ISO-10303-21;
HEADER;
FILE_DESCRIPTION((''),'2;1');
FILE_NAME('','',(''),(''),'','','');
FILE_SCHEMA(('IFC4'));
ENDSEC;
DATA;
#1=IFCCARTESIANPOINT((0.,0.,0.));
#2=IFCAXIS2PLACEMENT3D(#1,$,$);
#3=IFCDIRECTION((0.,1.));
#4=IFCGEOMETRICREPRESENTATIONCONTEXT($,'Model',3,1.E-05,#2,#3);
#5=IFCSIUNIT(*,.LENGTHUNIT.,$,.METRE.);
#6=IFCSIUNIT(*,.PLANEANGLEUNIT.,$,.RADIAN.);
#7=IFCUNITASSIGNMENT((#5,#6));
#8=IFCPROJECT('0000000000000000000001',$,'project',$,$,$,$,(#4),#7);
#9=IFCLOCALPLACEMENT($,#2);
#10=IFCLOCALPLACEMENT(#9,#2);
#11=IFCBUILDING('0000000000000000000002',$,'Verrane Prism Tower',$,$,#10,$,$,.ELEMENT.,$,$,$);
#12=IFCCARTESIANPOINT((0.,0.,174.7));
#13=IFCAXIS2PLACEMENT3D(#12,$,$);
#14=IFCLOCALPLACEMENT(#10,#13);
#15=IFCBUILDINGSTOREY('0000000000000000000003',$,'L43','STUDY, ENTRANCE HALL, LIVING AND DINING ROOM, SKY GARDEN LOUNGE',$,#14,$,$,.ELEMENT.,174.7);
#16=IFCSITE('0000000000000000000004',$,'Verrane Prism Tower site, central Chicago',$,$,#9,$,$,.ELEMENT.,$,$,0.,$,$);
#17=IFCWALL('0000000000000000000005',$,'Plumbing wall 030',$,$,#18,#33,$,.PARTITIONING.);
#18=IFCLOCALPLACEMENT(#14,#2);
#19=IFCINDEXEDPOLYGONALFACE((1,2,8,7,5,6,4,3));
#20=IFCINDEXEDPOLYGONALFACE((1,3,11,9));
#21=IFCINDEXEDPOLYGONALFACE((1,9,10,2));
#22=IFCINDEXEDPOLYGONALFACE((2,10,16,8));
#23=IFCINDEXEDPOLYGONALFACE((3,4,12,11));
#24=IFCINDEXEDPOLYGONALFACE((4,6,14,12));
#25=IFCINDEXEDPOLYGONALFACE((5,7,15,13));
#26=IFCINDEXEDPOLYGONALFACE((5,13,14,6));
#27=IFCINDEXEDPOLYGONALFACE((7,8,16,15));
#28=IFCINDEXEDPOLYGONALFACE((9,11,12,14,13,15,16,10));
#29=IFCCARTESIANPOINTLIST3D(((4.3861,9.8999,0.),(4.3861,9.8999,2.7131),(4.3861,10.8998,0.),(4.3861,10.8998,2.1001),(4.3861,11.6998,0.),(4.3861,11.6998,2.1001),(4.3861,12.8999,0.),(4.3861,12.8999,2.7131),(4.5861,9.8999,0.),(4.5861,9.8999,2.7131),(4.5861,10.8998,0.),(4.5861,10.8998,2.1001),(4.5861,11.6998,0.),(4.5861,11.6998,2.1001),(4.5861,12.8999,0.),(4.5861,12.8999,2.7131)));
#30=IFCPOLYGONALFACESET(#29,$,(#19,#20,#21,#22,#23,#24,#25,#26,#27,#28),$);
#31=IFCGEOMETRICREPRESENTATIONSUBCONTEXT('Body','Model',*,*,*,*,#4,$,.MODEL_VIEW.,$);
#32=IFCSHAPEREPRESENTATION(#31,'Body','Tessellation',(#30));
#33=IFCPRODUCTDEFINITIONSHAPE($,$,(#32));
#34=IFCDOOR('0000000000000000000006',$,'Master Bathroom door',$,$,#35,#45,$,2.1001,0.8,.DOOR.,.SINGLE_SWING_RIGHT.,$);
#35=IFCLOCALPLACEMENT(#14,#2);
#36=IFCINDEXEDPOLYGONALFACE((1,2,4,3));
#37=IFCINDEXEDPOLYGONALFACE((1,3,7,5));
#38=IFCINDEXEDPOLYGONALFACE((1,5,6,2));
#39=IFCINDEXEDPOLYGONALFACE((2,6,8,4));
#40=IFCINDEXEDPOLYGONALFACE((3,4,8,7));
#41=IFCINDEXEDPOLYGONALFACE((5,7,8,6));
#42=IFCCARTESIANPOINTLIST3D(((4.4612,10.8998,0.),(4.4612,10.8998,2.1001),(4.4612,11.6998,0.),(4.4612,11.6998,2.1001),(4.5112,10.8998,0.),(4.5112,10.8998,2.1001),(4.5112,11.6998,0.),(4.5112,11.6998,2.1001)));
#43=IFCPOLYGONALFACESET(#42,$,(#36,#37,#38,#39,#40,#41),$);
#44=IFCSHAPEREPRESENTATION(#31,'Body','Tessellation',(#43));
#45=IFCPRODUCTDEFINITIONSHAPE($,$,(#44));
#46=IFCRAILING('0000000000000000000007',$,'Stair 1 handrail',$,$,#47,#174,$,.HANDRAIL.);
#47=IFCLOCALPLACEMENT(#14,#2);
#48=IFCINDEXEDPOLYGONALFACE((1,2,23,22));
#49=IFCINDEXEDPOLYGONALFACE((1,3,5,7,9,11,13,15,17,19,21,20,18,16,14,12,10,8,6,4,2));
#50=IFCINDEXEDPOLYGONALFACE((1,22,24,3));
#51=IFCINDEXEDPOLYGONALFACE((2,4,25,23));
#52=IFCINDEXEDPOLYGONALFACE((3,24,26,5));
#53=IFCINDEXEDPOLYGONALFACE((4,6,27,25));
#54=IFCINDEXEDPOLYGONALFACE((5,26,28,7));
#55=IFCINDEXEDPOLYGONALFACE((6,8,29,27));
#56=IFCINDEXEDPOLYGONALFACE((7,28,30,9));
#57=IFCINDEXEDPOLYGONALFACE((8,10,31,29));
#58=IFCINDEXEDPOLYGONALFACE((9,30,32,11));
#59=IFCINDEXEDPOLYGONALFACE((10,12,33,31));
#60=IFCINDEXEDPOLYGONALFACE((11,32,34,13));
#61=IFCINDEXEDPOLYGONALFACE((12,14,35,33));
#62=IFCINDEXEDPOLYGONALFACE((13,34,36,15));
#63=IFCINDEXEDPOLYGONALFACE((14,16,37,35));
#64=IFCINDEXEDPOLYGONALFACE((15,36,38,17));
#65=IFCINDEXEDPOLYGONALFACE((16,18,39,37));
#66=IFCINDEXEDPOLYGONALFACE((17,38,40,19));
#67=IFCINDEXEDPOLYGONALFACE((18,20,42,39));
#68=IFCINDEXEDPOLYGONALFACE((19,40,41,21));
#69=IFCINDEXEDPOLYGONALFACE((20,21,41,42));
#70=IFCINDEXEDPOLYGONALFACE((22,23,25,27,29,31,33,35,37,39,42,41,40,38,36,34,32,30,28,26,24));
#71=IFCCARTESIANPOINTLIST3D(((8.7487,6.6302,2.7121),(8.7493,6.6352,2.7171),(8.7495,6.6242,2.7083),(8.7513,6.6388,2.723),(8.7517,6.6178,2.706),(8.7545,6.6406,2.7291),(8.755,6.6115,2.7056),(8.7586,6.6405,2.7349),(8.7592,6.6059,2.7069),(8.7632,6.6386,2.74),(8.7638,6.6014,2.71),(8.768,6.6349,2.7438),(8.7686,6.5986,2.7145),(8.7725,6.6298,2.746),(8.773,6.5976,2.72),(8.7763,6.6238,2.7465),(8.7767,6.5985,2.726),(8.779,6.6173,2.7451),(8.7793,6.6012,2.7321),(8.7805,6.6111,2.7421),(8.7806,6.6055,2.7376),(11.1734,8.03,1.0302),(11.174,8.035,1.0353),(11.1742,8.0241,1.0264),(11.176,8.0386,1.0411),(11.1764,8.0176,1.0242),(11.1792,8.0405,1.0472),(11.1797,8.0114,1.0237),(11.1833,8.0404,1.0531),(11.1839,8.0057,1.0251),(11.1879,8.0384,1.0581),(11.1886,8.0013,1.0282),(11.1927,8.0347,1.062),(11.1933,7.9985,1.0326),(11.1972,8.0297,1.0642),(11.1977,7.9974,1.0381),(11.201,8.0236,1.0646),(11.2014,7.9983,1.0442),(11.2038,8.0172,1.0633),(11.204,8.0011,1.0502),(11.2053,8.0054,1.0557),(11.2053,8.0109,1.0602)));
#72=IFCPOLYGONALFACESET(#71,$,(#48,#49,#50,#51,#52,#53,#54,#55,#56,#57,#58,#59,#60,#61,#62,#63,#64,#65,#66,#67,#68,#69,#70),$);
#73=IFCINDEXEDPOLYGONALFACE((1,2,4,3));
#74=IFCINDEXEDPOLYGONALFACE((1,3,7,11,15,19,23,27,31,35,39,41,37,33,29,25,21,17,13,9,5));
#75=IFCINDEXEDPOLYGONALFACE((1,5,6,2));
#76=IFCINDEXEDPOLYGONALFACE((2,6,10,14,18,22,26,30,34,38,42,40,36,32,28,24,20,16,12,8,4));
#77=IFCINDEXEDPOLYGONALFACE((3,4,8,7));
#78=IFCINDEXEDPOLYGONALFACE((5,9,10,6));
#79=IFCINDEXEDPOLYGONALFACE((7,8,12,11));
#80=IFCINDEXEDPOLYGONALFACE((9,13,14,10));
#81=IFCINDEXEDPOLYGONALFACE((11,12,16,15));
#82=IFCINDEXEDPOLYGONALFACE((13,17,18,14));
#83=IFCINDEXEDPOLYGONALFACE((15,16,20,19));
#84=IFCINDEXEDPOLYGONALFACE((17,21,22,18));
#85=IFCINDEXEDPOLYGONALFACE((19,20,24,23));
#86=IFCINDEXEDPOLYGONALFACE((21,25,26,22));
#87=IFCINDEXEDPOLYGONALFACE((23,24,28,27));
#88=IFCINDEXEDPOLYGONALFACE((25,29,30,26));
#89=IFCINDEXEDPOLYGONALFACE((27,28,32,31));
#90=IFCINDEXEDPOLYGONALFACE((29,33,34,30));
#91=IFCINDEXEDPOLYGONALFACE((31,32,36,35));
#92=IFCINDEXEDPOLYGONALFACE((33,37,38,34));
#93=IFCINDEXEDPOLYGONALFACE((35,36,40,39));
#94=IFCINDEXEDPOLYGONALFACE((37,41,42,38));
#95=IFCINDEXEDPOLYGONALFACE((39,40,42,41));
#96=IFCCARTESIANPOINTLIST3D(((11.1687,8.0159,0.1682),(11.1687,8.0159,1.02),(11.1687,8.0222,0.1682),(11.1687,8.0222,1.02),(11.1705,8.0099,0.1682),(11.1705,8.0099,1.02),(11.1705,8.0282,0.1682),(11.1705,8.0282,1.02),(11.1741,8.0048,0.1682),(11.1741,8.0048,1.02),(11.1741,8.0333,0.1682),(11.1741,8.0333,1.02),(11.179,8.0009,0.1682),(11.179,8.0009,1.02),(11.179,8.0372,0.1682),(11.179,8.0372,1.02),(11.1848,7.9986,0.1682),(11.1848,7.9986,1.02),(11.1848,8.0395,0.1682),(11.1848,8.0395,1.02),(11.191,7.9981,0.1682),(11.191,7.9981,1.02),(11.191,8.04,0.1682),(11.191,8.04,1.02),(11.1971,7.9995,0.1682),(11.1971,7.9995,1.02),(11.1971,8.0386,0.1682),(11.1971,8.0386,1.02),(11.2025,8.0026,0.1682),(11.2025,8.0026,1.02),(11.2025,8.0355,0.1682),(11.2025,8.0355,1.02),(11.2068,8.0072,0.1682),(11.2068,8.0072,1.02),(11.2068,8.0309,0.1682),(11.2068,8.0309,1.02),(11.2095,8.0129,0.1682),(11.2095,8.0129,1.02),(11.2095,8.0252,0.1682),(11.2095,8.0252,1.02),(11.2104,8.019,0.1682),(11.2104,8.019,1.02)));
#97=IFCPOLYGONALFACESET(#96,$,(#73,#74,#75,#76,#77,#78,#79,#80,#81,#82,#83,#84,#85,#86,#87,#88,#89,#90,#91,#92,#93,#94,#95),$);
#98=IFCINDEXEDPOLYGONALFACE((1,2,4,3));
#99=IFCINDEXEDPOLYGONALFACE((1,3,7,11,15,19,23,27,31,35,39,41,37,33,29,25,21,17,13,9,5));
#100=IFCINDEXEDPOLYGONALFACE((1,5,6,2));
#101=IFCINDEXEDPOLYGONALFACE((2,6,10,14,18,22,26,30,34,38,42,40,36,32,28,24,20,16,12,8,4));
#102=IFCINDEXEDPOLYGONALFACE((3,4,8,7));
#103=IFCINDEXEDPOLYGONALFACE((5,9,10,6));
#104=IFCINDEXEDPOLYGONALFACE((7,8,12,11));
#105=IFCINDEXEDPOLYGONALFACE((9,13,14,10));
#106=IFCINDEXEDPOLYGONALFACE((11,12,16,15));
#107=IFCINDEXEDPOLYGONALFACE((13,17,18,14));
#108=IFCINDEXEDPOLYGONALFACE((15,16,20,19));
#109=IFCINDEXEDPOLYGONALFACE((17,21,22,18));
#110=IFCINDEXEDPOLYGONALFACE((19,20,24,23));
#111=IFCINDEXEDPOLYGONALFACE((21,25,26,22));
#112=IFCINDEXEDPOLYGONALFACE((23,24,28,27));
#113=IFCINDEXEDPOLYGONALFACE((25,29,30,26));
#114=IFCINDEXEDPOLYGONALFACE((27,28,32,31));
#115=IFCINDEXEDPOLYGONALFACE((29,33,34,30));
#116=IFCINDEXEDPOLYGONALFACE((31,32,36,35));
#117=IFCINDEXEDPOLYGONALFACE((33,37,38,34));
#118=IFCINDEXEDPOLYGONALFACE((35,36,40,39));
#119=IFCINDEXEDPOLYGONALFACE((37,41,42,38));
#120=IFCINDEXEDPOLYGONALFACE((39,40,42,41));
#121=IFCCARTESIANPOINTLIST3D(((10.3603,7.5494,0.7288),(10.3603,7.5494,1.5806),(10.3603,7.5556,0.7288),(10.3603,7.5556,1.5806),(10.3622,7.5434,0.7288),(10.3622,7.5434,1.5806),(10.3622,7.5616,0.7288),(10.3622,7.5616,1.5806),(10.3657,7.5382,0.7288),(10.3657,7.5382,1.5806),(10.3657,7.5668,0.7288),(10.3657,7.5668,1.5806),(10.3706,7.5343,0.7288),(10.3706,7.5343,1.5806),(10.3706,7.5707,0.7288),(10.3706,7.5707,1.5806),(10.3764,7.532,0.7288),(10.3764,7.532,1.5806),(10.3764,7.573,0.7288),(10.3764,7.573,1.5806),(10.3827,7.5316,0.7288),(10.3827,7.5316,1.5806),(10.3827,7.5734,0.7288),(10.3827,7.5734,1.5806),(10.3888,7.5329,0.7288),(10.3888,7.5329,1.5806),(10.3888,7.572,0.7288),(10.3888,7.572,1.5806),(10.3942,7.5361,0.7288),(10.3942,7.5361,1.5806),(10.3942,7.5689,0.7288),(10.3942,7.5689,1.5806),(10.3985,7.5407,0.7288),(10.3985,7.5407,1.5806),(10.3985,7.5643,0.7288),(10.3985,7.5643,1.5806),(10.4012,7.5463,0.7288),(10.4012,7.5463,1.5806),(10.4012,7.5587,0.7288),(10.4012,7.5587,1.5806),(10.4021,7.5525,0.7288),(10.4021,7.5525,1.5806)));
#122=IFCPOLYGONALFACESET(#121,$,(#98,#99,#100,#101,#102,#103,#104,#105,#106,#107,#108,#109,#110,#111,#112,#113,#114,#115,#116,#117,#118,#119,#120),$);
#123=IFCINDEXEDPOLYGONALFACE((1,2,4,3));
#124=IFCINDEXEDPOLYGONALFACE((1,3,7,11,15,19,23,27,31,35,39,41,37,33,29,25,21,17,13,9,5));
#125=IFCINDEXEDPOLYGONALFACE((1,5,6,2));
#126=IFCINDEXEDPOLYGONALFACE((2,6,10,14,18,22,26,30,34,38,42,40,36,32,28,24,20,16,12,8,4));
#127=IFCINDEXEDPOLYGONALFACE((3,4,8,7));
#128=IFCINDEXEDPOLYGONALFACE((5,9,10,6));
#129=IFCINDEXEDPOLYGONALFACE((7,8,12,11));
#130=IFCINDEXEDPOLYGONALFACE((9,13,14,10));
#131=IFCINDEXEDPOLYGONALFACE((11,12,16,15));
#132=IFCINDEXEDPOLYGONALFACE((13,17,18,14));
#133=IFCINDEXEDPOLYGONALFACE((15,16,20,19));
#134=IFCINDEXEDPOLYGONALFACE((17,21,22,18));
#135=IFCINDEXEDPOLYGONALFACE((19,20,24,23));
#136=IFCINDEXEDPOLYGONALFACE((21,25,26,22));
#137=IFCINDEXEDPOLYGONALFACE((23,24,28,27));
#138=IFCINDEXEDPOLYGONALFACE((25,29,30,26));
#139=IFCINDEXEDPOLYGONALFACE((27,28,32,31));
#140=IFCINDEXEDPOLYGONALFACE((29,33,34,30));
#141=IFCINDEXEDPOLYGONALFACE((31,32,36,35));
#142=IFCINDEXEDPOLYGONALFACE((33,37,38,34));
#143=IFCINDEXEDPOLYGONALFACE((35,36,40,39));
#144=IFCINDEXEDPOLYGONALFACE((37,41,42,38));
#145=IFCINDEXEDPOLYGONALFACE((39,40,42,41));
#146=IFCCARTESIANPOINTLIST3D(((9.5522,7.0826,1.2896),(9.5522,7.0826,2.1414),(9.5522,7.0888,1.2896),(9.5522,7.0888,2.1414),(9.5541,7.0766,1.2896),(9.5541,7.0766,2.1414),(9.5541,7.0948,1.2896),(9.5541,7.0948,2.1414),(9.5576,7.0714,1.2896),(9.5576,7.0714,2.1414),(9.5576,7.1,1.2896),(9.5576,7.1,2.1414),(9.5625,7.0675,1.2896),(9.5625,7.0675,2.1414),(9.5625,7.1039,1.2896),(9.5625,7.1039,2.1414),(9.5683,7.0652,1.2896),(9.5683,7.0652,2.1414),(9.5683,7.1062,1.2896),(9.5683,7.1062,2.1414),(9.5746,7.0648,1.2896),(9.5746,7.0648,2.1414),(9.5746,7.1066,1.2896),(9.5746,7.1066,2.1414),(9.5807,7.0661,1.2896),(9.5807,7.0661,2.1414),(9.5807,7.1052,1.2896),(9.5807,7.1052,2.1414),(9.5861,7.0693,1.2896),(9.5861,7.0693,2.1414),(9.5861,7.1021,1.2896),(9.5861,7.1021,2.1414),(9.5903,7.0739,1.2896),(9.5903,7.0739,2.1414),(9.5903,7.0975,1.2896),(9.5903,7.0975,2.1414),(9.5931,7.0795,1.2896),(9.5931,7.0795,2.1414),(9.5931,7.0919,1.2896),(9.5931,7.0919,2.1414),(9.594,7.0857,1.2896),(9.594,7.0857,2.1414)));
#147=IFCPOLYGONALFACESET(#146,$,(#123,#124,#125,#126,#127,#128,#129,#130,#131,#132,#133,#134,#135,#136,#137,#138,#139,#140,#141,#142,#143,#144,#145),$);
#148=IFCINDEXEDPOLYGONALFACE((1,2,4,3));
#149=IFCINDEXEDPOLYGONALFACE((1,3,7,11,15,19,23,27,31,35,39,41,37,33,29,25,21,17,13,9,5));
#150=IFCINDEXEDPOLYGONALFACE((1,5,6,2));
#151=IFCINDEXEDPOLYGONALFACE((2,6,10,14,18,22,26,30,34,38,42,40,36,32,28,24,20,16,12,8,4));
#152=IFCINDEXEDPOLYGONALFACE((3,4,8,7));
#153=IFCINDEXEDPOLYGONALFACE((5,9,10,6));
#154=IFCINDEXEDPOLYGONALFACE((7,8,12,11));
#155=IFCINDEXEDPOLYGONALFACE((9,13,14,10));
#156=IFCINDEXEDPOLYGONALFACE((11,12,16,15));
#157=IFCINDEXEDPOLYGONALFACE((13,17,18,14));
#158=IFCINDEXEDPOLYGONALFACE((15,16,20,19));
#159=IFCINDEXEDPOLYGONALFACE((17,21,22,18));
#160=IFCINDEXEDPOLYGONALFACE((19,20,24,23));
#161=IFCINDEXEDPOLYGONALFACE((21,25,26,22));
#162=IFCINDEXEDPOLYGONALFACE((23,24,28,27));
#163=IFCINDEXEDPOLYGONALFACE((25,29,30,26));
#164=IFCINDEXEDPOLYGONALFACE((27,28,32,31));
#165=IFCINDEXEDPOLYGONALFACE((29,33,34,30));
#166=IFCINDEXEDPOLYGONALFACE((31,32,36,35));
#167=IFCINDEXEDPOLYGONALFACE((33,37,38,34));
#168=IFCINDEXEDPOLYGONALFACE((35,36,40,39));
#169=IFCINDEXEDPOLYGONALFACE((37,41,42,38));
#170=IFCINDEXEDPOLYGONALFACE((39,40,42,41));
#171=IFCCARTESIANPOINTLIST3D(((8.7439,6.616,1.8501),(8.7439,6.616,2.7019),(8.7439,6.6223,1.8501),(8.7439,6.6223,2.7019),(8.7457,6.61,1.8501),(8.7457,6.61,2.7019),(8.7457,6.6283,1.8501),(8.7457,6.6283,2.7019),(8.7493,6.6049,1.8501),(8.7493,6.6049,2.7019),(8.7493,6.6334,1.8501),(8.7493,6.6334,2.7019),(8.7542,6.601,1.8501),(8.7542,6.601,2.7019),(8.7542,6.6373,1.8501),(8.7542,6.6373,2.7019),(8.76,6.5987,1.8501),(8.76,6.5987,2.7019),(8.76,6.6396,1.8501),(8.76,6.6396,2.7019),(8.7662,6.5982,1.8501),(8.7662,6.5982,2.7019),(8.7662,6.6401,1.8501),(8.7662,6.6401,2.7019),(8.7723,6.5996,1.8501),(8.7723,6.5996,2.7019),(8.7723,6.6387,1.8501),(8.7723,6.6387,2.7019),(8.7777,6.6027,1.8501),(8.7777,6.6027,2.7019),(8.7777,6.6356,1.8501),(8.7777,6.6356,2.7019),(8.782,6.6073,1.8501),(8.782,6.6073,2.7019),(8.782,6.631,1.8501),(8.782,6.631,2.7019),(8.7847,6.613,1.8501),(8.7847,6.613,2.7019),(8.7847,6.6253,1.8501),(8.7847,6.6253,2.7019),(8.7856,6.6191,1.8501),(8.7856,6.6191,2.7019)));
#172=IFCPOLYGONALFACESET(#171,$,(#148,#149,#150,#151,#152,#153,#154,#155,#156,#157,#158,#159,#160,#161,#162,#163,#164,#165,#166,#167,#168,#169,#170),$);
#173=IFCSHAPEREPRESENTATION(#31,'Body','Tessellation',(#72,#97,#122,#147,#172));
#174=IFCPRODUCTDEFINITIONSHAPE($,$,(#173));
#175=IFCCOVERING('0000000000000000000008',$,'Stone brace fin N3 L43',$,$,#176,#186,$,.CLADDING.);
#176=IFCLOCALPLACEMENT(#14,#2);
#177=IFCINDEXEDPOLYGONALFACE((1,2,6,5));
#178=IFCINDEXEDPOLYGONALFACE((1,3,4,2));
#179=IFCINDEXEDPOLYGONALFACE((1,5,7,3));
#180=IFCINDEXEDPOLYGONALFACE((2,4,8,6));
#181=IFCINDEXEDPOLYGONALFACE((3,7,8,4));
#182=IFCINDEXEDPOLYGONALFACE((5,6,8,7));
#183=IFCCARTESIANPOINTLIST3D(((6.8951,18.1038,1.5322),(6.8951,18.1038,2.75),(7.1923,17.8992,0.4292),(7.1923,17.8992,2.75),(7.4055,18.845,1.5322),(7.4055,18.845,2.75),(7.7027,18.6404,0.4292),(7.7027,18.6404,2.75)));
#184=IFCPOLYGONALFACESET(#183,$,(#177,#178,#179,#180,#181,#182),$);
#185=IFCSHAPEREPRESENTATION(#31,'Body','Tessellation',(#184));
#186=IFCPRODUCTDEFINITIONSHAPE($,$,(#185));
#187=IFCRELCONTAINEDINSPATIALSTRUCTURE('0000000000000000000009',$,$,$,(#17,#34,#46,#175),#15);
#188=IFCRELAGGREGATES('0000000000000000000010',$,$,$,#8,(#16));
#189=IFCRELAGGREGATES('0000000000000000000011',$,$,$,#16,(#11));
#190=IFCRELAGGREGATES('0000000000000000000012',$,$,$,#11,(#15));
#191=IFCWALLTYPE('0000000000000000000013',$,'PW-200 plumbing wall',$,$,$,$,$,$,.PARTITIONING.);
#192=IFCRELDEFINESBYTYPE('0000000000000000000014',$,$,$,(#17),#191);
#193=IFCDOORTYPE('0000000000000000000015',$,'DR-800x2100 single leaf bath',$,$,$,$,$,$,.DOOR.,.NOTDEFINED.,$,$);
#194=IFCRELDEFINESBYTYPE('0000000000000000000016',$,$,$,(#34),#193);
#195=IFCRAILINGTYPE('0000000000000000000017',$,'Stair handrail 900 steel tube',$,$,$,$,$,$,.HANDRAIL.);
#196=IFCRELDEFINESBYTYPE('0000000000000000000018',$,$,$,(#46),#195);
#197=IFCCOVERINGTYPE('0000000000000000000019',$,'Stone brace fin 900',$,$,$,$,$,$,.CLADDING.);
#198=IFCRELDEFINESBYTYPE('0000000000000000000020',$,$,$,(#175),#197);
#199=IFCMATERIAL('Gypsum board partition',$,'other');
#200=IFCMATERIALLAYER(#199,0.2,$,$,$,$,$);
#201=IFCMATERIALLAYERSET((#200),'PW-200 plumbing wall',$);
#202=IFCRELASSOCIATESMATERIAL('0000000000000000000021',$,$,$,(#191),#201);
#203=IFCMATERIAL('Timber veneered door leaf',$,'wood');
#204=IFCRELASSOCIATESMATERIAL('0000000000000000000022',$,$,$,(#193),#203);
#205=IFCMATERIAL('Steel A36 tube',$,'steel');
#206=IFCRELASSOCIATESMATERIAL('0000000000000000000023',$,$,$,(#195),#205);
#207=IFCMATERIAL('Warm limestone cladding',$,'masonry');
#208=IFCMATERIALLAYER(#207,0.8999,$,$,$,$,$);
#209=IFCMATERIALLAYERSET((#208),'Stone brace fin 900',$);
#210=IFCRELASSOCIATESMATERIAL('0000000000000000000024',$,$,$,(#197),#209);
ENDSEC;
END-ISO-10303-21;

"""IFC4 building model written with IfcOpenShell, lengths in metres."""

from ifc_helpers import new_model, si_unit, direction, frame, frame_2d, origin, origin_2d, place, context, subcontext, project, spatial, polyline, rectangle, circle, outline, extrude, material, layer, layer_set, type_object, element, fill, save


model = new_model("IFC4")

# Units and contexts
model_context = context("Model", 3, precision=1e-05, world=origin(), true_north=direction((0.0, 1.0)))
body_context = subcontext(model_context, "Body", "Model", "MODEL_VIEW")
ifc_project = project(units=[si_unit("LENGTHUNIT", "METRE"), si_unit("PLANEANGLEUNIT", "RADIAN")], contexts=[model_context])

# Site, building, storey
site_placement = place(None, origin())
site = spatial("IfcSite", under=ifc_project, at=site_placement, Name="Verrane Prism Tower site, central Chicago", CompositionType="ELEMENT", RefElevation=0.0)
building_placement = place(site_placement, origin())
building = spatial("IfcBuilding", under=site, at=building_placement, Name="Verrane Prism Tower", CompositionType="ELEMENT")
storey_placement = place(building_placement, frame((0.0, 0.0, 174.7)))
storey = spatial("IfcBuildingStorey", under=building, at=storey_placement, Name="L43", Description="STUDY, ENTRANCE HALL, LIVING AND DINING ROOM, SKY GARDEN LOUNGE", CompositionType="ELEMENT", Elevation=174.7)

# Shared definitions
ifc_material_1 = material(Name="Gypsum board partition", Category="other")
ifc_layer_1 = layer(ifc_material_1, 0.2)
ifc_layer_set_1 = layer_set([ifc_layer_1], Name="PW-200 plumbing wall")
wall_type_1 = type_object("IfcWallType", Name="PW-200 plumbing wall", PredefinedType="PARTITIONING", material=ifc_layer_set_1)
ifc_material_2 = material(Name="Timber veneered door leaf", Category="wood")
door_type_1 = type_object("IfcDoorType", Name="DR-800x2100 single leaf bath", OperationType="NOTDEFINED", PredefinedType="DOOR", material=ifc_material_2)

# Wall, opening, door
wall_1_placement = place(storey_placement, frame((4.4861, 9.8999, 0.0), z_axis=(0.0, 0.0, 1.0), x_axis=(0.0, 1.0, 0.0)))
wall_1 = element("IfcWall", 1, at=wall_1_placement, inside=storey, type_object=wall_type_1, Name="Plumbing wall 030", PredefinedType="PARTITIONING", context=body_context, shape_type="SweptSolid", body=[
    extrude(rectangle(XDim=3.0, YDim=0.2, at=frame_2d((1.5, 0.0))), origin(), (0.0, 0.0, 1.0), 2.7131),
])
opening_1_placement = place(wall_1_placement, frame((1.0, 0.0, 0.0)))
opening_1 = element("IfcOpeningElement", 2, at=opening_1_placement, cuts=wall_1, PredefinedType="OPENING", context=body_context, shape_type="SweptSolid", body=[
    extrude(rectangle(XDim=0.8, YDim=2.1001, at=frame_2d((0.3999, 1.05))), frame((0.0, 0.1099, 0.0), z_axis=(0.0, -1.0, 0.0), x_axis=(1.0, 0.0, 0.0)), (0.0, 0.0, 1.0), 0.22),
])
door_1_placement = place(opening_1_placement, origin())
door_1 = element("IfcDoor", 3, at=door_1_placement, inside=storey, type_object=door_type_1, Name="Master Bathroom door", OperationType="SINGLE_SWING_RIGHT", OverallHeight=2.1001, OverallWidth=0.8, PredefinedType="DOOR", context=body_context, shape_type="SweptSolid", body=[
    extrude(rectangle(XDim=0.8, YDim=2.1001, at=frame_2d((0.3999, 1.05))), frame((0.0, 0.0249, 0.0), z_axis=(0.0, -1.0, 0.0), x_axis=(1.0, 0.0, 0.0)), (0.0, 0.0, 1.0), 0.05),
])
fill(opening_1, door_1)

# Railing
ifc_material_3 = material(Name="Steel A36 tube", Category="steel")
railing_type = type_object("IfcRailingType", Name="Stair handrail 900 steel tube", PredefinedType="HANDRAIL", material=ifc_material_3)
railing_placement = place(storey_placement, frame((11.1895, 8.019, 0.1682)))
element("IfcRailing", 4, at=railing_placement, inside=storey, type_object=railing_type, Name="Stair 1 handrail", PredefinedType="HANDRAIL", context=body_context, shape_type="SweptSolid", body=[
    extrude(circle(Radius=0.0239, at=origin_2d()), frame((0.0, 0.0, 0.876), z_axis=(-0.74239, -0.428601, 0.514934), x_axis=(0.499984, -0.866035, 0.0)), (0.0, 0.0, 1.0), 3.2661),
    extrude(circle(Radius=0.021, at=origin_2d()), origin(), (0.0, 0.0, 1.0), 0.8518),
    extrude(circle(Radius=0.021, at=origin_2d()), frame((-0.8083, -0.4666, 0.5605)), (0.0, 0.0, 1.0), 0.8518),
    extrude(circle(Radius=0.021, at=origin_2d()), frame((-1.6165, -0.9333, 1.1213)), (0.0, 0.0, 1.0), 0.8518),
    extrude(circle(Radius=0.021, at=origin_2d()), frame((-2.4248, -1.3999, 1.6819)), (0.0, 0.0, 1.0), 0.8518),
])

# Covering
ifc_material_4 = material(Name="Warm limestone cladding", Category="masonry")
ifc_layer_2 = layer(ifc_material_4, 0.8999)
ifc_layer_set_2 = layer_set([ifc_layer_2], Name="Stone brace fin 900")
covering_type = type_object("IfcCoveringType", Name="Stone brace fin 900", PredefinedType="CLADDING", material=ifc_layer_set_2)
covering_placement = place(storey_placement, frame((7.4475, 18.2698, 0.4292), z_axis=(0.0, 0.0, 1.0), x_axis=(-0.823627, 0.567132, 0.0)))
element("IfcCovering", 5, at=covering_placement, inside=storey, type_object=covering_type, Name="Stone brace fin N3 L43", PredefinedType="CLADDING", context=body_context, shape_type="SweptSolid", body=[
    extrude(outline(polyline([(0.3608, 2.3208), (0.0, 2.3208), (0.0, 0.0), (0.3608, 1.103), (0.3608, 2.3208)])), frame((0.0, 0.45, 0.0), z_axis=(0.0, -1.0, 0.0), x_axis=(1.0, 0.0, 0.0)), (0.0, 0.0, 1.0), 0.8999),
])

save(model, "model.ifc")
